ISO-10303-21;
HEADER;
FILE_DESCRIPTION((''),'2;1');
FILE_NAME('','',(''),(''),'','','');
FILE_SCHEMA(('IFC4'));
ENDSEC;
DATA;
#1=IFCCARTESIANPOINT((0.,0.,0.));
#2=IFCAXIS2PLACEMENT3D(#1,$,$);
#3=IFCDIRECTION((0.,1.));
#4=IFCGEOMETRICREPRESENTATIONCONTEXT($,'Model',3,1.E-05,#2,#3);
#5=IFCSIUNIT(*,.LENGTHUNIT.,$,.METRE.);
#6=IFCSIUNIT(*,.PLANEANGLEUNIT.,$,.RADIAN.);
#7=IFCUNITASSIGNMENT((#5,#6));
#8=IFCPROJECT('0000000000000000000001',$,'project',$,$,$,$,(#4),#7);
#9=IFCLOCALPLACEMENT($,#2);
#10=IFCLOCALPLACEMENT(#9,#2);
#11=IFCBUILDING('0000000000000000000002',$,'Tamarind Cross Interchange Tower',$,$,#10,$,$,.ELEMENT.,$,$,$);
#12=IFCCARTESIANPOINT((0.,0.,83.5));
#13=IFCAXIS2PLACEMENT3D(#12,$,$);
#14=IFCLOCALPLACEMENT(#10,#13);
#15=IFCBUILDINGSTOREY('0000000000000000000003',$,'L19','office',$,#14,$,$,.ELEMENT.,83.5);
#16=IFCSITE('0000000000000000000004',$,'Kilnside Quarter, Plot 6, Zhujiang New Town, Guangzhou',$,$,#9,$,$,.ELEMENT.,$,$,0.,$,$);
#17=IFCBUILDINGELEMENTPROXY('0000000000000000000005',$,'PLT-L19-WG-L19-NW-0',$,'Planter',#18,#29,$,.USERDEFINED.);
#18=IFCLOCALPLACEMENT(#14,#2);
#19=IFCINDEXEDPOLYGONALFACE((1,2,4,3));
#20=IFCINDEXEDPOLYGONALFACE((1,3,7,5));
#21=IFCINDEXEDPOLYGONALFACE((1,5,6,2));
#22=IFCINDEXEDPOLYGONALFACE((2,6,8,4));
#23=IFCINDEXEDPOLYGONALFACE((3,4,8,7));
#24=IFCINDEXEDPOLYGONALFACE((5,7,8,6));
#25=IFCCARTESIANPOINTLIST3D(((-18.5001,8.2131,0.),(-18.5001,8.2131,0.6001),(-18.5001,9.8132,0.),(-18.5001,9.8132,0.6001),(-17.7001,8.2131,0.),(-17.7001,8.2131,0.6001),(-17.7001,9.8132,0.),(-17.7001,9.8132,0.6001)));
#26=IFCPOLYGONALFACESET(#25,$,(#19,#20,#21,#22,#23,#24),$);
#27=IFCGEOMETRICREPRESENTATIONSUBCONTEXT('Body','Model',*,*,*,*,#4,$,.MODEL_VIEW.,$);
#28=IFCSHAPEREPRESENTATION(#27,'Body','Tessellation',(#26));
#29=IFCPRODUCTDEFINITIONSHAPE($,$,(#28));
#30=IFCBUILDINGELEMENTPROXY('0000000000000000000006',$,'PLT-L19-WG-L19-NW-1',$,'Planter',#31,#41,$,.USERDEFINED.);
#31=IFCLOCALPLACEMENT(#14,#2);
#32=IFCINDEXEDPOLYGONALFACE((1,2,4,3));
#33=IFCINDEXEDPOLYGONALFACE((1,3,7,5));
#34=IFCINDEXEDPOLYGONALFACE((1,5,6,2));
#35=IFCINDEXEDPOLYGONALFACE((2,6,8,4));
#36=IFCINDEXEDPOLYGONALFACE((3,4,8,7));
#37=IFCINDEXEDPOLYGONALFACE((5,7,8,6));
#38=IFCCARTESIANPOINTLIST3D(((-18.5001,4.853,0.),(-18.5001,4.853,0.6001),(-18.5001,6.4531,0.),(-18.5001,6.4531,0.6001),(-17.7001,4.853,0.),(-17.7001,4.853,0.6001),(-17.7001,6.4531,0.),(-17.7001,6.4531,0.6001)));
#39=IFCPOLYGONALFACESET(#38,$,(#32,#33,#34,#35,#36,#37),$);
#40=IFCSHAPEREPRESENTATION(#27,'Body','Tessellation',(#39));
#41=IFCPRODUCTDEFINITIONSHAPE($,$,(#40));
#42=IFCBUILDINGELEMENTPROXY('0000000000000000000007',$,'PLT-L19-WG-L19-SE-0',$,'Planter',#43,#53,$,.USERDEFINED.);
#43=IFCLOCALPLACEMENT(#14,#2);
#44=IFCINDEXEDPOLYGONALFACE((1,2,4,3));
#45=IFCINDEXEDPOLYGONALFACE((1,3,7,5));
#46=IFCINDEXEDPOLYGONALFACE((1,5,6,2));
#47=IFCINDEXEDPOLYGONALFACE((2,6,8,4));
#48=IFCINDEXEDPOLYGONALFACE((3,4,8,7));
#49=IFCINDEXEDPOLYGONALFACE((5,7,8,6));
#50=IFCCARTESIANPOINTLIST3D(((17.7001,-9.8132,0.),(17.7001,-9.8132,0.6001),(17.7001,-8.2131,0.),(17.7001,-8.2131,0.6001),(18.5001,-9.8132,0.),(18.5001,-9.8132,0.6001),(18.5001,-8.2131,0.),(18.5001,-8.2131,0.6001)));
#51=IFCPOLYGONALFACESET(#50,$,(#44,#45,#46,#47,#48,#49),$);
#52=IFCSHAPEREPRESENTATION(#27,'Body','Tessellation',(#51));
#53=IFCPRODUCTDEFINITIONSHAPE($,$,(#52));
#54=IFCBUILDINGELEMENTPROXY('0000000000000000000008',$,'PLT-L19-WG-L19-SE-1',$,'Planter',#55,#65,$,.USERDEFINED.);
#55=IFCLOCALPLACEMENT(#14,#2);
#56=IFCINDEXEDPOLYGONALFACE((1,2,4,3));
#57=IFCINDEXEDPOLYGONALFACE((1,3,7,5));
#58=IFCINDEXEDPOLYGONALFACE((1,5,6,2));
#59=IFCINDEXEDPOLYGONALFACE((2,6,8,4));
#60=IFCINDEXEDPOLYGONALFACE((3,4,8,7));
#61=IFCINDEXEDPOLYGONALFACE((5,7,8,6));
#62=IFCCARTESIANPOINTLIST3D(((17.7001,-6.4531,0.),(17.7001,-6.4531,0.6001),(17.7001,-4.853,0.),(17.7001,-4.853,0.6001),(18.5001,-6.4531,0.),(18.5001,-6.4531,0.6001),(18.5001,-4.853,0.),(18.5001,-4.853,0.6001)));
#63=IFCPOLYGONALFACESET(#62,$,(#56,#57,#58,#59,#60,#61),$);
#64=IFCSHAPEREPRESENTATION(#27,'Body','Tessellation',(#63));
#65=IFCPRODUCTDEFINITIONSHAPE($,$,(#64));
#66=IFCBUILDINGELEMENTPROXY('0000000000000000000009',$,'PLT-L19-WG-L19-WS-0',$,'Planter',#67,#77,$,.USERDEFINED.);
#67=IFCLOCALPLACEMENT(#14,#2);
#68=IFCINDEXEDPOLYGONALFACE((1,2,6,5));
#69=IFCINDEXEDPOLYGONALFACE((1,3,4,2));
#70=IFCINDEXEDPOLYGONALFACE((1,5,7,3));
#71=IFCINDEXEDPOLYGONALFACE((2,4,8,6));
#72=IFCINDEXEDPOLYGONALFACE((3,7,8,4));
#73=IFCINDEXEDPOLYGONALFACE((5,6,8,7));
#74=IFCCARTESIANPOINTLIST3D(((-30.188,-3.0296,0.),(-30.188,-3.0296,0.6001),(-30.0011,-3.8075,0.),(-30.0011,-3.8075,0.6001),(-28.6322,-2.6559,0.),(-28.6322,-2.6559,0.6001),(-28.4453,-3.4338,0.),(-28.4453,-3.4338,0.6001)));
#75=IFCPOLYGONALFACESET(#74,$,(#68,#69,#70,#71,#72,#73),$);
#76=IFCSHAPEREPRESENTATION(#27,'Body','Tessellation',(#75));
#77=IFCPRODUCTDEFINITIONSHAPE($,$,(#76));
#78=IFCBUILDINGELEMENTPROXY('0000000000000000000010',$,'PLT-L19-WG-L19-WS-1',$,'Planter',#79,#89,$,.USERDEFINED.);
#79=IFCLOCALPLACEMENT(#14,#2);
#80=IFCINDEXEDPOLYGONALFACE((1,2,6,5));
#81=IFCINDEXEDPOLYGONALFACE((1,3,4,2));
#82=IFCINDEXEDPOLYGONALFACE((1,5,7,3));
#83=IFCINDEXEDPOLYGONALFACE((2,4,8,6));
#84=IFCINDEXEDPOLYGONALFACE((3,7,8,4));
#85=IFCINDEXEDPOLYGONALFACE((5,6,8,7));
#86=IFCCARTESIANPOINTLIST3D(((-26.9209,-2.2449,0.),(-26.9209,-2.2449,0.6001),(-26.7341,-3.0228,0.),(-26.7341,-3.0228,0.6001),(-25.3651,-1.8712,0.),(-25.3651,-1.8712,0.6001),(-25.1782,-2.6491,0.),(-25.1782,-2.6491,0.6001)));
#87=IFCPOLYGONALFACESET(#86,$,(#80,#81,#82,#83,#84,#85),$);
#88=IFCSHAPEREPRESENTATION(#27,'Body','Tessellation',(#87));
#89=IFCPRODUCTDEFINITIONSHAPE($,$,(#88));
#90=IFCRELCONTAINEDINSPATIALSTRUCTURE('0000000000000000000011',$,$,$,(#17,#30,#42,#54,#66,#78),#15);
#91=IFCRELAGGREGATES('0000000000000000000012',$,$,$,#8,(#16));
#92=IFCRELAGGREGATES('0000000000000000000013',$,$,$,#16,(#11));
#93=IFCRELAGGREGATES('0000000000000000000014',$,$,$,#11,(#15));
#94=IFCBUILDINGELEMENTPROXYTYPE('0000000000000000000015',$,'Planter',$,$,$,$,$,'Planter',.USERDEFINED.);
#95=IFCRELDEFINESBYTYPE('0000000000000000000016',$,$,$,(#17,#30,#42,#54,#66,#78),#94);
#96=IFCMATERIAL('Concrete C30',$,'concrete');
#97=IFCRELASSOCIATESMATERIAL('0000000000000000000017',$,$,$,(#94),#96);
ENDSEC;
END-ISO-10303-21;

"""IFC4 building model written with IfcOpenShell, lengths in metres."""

from ifc_helpers import new_model, si_unit, direction, frame, origin, origin_2d, place, context, subcontext, project, spatial, rectangle, extrude, material, type_object, element, save


model = new_model("IFC4")

# Units and contexts
model_context = context("Model", 3, precision=1e-05, world=origin(), true_north=direction((0.0, 1.0)))
body_context = subcontext(model_context, "Body", "Model", "MODEL_VIEW")
ifc_project = project(units=[si_unit("LENGTHUNIT", "METRE"), si_unit("PLANEANGLEUNIT", "RADIAN")], contexts=[model_context])

# Site, building, storey
site_placement = place(None, origin())
site = spatial("IfcSite", under=ifc_project, at=site_placement, Name="Kilnside Quarter, Plot 6, Zhujiang New Town, Guangzhou", CompositionType="ELEMENT", RefElevation=0.0)
building_placement = place(site_placement, origin())
building = spatial("IfcBuilding", under=site, at=building_placement, Name="Tamarind Cross Interchange Tower", CompositionType="ELEMENT")
storey_placement = place(building_placement, frame((0.0, 0.0, 83.5)))
storey = spatial("IfcBuildingStorey", under=building, at=storey_placement, Name="L19", Description="office", CompositionType="ELEMENT", Elevation=83.5)

# Building element proxies
ifc_material_1 = material(Name="Concrete C30", Category="concrete")
building_element_proxy_type = type_object("IfcBuildingElementProxyType", Name="Planter", ElementType="Planter", PredefinedType="USERDEFINED", material=ifc_material_1)
proxy_1_placement = place(storey_placement, origin())
element("IfcBuildingElementProxy", 1, at=proxy_1_placement, inside=storey, type_object=building_element_proxy_type, Name="PLT-L19-WG-L19-NW-0", ObjectType="Planter", PredefinedType="USERDEFINED", context=body_context, shape_type="SweptSolid", body=[
    extrude(rectangle(XDim=1.6001, YDim=0.8, at=origin_2d()), frame((-18.1001, 9.0132, 0.0), z_axis=(0.0, 0.0, 1.0), x_axis=(0.0, -1.0, 0.0)), (0.0, 0.0, 1.0), 0.6001),
])
proxy_2_placement = place(storey_placement, origin())
element("IfcBuildingElementProxy", 2, at=proxy_2_placement, inside=storey, type_object=building_element_proxy_type, Name="PLT-L19-WG-L19-NW-1", ObjectType="Planter", PredefinedType="USERDEFINED", context=body_context, shape_type="SweptSolid", body=[
    extrude(rectangle(XDim=1.6001, YDim=0.8, at=origin_2d()), frame((-18.1001, 5.6531, 0.0), z_axis=(0.0, 0.0, 1.0), x_axis=(0.0, -1.0, 0.0)), (0.0, 0.0, 1.0), 0.6001),
])
proxy_3_placement = place(storey_placement, origin())
element("IfcBuildingElementProxy", 3, at=proxy_3_placement, inside=storey, type_object=building_element_proxy_type, Name="PLT-L19-WG-L19-SE-0", ObjectType="Planter", PredefinedType="USERDEFINED", context=body_context, shape_type="SweptSolid", body=[
    extrude(rectangle(XDim=1.6001, YDim=0.8, at=origin_2d()), frame((18.1001, -9.0132, 0.0), z_axis=(0.0, 0.0, 1.0), x_axis=(0.0, 1.0, 0.0)), (0.0, 0.0, 1.0), 0.6001),
])
proxy_4_placement = place(storey_placement, origin())
element("IfcBuildingElementProxy", 4, at=proxy_4_placement, inside=storey, type_object=building_element_proxy_type, Name="PLT-L19-WG-L19-SE-1", ObjectType="Planter", PredefinedType="USERDEFINED", context=body_context, shape_type="SweptSolid", body=[
    extrude(rectangle(XDim=1.6001, YDim=0.8, at=origin_2d()), frame((18.1001, -5.6531, 0.0), z_axis=(0.0, 0.0, 1.0), x_axis=(0.0, 1.0, 0.0)), (0.0, 0.0, 1.0), 0.6001),
])
proxy_5_placement = place(storey_placement, origin())
element("IfcBuildingElementProxy", 5, at=proxy_5_placement, inside=storey, type_object=building_element_proxy_type, Name="PLT-L19-WG-L19-WS-0", ObjectType="Planter", PredefinedType="USERDEFINED", context=body_context, shape_type="SweptSolid", body=[
    extrude(rectangle(XDim=1.6001, YDim=0.8, at=origin_2d()), frame((-29.3167, -3.2317, 0.0), z_axis=(0.0, 0.0, 1.0), x_axis=(0.972345, 0.233547, 0.0)), (0.0, 0.0, 1.0), 0.6001),
])
proxy_6_placement = place(storey_placement, origin())
element("IfcBuildingElementProxy", 6, at=proxy_6_placement, inside=storey, type_object=building_element_proxy_type, Name="PLT-L19-WG-L19-WS-1", ObjectType="Planter", PredefinedType="USERDEFINED", context=body_context, shape_type="SweptSolid", body=[
    extrude(rectangle(XDim=1.6001, YDim=0.8, at=origin_2d()), frame((-26.0496, -2.447, 0.0), z_axis=(0.0, 0.0, 1.0), x_axis=(0.972345, 0.233547, 0.0)), (0.0, 0.0, 1.0), 0.6001),
])

save(model, "model.ifc")
